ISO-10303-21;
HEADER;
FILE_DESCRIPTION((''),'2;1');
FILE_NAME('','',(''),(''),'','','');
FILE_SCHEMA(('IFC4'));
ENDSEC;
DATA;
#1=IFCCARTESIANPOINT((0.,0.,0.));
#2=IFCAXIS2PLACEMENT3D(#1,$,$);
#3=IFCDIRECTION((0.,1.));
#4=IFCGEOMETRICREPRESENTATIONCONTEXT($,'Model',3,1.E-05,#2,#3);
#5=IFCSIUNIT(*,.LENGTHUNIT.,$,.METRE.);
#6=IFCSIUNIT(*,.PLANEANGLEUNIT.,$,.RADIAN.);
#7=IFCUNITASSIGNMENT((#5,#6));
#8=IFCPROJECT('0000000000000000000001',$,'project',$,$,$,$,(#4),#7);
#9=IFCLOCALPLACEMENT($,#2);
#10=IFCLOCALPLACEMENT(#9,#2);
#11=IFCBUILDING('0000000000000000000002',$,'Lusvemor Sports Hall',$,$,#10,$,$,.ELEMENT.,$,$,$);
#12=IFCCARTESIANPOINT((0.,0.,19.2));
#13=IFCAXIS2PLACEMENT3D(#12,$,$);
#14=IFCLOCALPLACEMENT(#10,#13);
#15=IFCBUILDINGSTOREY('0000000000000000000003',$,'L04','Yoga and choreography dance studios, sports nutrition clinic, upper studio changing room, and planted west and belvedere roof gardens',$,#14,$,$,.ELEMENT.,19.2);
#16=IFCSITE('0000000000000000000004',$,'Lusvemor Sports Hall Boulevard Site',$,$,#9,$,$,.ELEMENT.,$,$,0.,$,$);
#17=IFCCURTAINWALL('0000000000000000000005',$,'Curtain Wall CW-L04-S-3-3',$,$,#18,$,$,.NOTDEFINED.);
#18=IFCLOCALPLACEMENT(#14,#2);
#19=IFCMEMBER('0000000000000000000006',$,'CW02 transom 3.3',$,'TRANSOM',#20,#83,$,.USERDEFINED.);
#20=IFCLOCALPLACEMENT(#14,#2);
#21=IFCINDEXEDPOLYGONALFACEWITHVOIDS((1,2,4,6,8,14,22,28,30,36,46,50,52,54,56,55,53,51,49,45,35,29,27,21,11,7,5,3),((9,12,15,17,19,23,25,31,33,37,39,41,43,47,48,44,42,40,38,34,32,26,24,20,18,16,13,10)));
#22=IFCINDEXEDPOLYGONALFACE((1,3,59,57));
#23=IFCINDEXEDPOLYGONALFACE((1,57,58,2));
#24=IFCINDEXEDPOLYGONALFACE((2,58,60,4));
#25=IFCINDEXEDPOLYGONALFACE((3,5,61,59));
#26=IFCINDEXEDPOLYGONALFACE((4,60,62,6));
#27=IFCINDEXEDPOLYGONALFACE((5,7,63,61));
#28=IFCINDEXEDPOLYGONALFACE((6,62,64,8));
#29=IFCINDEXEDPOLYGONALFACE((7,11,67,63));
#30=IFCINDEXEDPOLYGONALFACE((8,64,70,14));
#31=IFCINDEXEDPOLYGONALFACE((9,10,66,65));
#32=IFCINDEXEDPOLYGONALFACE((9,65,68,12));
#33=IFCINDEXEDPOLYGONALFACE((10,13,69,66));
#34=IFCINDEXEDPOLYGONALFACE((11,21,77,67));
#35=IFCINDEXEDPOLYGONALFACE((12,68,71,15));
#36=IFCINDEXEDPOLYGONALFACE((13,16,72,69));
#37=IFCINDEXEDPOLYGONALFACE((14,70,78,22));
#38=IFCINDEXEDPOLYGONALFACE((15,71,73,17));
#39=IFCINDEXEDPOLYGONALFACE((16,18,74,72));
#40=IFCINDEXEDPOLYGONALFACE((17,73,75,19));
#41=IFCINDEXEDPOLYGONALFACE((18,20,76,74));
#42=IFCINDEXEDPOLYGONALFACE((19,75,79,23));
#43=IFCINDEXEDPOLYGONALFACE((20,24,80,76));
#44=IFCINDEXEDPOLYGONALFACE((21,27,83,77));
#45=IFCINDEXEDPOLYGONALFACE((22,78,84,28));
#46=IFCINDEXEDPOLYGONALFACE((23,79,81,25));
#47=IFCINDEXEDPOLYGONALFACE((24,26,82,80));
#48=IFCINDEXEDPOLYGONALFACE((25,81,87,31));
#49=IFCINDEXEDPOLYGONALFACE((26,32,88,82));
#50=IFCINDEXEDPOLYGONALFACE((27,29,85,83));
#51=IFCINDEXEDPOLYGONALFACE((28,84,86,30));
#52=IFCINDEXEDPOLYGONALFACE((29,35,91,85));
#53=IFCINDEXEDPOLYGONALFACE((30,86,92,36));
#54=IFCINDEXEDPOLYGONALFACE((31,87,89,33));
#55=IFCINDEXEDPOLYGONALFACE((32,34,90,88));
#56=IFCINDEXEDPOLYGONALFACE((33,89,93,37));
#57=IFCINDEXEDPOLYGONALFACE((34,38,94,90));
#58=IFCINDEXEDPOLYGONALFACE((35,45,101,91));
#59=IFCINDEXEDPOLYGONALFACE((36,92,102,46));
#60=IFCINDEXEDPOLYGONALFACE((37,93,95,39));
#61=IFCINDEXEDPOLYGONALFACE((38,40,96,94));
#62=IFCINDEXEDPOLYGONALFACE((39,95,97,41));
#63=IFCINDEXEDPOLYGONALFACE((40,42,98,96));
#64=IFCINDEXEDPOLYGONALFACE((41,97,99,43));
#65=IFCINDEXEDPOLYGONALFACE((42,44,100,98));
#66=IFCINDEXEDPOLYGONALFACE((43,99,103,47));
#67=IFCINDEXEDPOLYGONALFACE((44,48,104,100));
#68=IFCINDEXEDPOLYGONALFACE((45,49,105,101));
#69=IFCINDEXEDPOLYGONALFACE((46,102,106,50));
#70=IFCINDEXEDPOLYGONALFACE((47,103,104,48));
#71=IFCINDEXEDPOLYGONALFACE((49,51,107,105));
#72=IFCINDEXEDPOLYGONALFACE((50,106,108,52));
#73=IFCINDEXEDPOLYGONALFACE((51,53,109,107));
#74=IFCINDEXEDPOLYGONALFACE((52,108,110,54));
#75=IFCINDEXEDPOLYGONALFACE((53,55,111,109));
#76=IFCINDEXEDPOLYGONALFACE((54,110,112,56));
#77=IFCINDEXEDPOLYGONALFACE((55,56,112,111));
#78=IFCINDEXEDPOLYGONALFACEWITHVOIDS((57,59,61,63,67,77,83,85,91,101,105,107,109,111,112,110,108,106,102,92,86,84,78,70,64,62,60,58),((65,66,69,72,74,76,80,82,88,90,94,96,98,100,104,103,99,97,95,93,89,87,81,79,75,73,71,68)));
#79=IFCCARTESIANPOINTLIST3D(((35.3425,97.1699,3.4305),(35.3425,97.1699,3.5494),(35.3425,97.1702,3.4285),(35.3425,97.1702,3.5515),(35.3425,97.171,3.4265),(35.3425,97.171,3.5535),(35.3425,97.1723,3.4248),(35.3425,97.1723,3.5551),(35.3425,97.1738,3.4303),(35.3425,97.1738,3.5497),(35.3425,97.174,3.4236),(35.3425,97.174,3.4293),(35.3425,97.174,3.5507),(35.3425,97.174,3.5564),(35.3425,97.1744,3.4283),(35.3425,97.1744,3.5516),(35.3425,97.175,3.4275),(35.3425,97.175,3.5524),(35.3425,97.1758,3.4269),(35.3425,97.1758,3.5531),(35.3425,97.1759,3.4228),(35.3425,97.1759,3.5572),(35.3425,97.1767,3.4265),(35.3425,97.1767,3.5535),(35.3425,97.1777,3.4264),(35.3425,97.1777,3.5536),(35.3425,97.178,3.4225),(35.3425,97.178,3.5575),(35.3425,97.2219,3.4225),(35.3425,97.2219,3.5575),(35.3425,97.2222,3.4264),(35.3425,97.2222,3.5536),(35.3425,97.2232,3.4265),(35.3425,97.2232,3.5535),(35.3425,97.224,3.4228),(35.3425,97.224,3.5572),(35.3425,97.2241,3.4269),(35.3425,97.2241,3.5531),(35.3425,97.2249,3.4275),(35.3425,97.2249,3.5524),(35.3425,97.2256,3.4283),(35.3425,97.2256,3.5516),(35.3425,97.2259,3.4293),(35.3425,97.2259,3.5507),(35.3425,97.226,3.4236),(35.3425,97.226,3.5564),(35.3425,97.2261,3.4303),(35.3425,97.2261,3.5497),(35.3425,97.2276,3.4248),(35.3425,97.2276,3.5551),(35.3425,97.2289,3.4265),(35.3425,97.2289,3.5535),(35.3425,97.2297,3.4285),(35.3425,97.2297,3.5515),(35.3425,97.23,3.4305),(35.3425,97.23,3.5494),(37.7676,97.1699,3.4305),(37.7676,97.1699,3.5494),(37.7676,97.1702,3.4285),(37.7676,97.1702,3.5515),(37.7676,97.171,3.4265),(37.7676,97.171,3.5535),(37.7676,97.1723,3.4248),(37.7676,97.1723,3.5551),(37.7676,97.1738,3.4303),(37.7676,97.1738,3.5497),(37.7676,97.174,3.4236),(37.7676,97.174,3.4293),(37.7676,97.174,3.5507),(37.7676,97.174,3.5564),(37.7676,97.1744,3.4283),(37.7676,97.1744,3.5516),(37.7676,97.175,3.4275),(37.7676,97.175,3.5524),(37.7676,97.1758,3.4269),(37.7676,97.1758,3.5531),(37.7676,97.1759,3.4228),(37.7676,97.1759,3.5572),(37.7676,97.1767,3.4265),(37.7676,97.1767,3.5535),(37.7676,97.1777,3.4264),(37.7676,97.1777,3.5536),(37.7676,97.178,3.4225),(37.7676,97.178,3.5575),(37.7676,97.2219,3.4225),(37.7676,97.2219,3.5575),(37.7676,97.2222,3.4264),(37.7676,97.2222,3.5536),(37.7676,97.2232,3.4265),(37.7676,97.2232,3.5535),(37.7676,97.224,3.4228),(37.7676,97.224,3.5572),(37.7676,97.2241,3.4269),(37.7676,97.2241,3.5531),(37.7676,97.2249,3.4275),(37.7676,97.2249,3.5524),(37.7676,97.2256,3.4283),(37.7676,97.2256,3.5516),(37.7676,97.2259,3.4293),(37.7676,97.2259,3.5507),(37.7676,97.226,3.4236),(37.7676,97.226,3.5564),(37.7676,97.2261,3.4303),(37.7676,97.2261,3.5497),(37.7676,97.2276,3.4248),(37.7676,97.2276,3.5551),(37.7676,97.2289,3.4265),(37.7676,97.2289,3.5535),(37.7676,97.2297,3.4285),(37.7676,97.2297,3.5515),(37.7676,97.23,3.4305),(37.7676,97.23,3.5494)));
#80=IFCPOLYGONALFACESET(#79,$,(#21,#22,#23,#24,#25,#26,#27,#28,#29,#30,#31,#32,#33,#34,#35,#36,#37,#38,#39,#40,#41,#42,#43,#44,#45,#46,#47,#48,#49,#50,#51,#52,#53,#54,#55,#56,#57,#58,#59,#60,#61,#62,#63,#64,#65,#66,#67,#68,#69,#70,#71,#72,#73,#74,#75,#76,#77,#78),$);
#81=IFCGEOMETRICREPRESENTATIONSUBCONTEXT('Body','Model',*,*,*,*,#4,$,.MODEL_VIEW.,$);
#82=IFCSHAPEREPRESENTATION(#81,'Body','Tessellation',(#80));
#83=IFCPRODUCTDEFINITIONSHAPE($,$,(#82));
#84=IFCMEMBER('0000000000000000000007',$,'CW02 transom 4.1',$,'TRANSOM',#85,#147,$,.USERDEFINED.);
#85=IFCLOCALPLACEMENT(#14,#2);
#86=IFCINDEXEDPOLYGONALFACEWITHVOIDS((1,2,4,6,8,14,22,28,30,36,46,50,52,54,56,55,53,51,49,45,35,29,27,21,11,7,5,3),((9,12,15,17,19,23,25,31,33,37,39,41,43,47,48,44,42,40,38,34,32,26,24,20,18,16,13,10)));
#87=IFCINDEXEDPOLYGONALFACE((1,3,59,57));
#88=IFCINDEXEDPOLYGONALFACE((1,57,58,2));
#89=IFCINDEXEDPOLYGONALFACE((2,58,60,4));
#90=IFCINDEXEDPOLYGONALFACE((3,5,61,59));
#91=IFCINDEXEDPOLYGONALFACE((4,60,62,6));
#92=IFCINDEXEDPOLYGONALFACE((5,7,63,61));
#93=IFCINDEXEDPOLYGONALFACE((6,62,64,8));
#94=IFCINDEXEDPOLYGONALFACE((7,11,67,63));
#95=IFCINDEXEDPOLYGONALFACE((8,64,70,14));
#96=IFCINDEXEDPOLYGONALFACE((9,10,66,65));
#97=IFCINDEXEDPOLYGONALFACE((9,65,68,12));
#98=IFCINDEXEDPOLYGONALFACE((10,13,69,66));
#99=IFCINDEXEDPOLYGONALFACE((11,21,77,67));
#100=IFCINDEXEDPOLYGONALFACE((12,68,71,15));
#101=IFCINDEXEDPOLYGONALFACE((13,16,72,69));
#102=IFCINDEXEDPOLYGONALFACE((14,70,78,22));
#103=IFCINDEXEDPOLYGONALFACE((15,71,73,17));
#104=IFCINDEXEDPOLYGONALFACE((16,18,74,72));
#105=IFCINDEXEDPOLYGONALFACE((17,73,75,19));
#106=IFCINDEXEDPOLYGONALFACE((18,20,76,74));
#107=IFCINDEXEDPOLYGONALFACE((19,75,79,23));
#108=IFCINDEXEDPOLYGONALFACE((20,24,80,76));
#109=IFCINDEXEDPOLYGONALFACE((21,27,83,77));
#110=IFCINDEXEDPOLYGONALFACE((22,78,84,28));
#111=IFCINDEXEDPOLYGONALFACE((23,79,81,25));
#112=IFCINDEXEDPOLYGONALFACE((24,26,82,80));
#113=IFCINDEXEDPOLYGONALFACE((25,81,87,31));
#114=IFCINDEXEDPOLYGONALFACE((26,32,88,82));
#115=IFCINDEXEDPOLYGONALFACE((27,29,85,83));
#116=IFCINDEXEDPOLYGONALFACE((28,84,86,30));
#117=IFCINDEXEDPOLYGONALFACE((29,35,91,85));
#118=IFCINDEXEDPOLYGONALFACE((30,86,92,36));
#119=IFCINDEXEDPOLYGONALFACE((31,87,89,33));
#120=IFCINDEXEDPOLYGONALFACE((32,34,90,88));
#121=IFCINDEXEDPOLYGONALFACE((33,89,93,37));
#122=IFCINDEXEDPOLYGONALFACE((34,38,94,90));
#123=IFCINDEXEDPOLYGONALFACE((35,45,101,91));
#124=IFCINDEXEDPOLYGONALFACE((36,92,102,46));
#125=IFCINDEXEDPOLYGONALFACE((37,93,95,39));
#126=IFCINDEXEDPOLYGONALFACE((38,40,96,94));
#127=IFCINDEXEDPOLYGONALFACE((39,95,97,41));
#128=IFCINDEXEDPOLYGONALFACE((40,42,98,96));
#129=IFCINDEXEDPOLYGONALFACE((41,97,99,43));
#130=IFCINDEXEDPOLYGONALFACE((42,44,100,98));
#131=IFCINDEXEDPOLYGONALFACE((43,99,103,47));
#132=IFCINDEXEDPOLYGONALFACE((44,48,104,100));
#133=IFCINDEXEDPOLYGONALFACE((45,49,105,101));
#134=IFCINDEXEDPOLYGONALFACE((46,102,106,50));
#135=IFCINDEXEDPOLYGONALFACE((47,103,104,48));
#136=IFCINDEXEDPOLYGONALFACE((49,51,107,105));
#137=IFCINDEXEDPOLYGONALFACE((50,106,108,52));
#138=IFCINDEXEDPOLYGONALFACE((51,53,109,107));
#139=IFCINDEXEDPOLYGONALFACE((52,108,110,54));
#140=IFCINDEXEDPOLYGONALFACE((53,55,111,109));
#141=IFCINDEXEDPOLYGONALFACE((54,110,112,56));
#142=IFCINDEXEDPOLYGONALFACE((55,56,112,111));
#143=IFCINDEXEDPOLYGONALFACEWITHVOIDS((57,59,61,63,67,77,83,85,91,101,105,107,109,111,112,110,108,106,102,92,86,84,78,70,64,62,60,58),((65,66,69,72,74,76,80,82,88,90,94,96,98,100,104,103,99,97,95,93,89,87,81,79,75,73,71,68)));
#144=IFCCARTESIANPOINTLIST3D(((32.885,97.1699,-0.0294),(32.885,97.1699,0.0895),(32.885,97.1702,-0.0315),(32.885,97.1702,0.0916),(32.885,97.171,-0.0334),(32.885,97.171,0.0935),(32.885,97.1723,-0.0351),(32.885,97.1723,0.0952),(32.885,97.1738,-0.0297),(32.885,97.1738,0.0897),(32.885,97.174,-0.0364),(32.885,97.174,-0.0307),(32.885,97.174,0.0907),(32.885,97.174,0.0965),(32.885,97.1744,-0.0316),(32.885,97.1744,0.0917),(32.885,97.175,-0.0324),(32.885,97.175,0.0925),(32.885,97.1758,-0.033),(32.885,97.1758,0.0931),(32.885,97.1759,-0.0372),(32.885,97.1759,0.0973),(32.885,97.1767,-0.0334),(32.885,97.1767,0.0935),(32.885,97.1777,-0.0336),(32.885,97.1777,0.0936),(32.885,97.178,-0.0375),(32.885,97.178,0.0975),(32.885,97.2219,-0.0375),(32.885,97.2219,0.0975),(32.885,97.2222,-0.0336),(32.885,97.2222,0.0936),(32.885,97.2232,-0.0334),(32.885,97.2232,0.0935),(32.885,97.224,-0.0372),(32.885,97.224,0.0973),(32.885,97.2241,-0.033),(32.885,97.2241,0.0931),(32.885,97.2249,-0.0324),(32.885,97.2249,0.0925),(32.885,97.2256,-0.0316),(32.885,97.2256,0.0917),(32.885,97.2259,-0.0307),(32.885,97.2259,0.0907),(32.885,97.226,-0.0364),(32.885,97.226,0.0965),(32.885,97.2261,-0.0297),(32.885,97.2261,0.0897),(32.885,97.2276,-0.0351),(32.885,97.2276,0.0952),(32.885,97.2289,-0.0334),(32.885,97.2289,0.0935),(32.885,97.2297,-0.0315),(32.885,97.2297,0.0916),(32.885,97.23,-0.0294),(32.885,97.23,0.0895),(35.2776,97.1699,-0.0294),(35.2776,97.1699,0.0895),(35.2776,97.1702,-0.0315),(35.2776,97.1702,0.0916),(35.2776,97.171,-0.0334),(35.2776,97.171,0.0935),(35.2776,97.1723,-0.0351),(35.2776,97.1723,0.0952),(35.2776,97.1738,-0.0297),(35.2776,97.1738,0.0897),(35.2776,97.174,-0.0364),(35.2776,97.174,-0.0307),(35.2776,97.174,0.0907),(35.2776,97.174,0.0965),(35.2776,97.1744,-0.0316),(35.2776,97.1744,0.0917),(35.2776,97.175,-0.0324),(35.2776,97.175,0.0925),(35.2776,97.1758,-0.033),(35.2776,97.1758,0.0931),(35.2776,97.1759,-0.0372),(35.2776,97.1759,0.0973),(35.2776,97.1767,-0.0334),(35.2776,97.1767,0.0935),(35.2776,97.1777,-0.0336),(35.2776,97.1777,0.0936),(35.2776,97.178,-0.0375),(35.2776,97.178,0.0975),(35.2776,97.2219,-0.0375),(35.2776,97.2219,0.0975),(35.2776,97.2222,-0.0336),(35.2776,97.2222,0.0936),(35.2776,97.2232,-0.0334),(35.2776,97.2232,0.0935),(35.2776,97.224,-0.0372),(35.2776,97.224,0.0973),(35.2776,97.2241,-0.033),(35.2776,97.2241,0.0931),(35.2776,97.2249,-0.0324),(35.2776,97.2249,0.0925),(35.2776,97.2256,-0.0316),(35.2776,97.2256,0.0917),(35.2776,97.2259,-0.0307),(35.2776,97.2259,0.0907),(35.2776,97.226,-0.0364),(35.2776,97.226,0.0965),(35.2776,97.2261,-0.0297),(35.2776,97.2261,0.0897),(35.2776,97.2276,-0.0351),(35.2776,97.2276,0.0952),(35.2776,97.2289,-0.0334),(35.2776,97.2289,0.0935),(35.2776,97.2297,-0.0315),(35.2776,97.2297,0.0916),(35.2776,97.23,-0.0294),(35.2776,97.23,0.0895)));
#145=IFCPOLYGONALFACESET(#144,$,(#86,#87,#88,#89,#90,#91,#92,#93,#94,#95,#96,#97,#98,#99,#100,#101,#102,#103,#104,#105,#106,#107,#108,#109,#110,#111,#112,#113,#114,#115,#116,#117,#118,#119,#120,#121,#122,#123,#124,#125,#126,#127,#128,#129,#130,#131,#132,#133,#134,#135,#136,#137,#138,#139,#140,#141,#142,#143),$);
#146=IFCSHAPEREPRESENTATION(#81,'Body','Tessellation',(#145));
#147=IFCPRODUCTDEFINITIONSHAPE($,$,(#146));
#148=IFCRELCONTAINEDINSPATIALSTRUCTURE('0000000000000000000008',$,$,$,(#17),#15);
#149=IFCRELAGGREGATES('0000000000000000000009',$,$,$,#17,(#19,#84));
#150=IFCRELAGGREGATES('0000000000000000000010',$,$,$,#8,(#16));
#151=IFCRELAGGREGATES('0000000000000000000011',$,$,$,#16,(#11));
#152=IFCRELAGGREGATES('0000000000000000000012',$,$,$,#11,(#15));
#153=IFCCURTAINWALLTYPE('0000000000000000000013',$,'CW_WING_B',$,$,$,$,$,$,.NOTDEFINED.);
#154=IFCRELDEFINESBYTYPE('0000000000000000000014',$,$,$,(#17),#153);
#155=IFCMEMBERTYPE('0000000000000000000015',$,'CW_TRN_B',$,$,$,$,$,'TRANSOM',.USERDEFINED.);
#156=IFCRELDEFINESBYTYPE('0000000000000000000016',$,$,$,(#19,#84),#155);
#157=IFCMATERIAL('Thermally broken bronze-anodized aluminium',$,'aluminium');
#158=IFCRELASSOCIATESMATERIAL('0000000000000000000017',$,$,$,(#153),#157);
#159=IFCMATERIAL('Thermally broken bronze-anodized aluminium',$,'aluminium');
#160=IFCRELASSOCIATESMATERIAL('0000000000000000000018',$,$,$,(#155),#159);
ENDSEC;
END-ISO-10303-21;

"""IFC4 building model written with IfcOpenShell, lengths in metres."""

from ifc_helpers import new_model, si_unit, direction, frame, origin, origin_2d, place, context, subcontext, project, spatial, hollow_rectangle, extrude, material, material_profile, profile_set, type_object, element, aggregate, save


model = new_model("IFC4")

# Units and contexts
model_context = context("Model", 3, precision=1e-05, world=origin(), true_north=direction((0.0, 1.0)))
body_context = subcontext(model_context, "Body", "Model", "MODEL_VIEW")
ifc_project = project(units=[si_unit("LENGTHUNIT", "METRE"), si_unit("PLANEANGLEUNIT", "RADIAN")], contexts=[model_context])

# Site, building, storey
site_placement = place(None, origin())
site = spatial("IfcSite", under=ifc_project, at=site_placement, Name="Lusvemor Sports Hall Boulevard Site", CompositionType="ELEMENT", RefElevation=0.0)
building_placement = place(site_placement, origin())
building = spatial("IfcBuilding", under=site, at=building_placement, Name="Lusvemor Sports Hall", CompositionType="ELEMENT")
storey_placement = place(building_placement, frame((0.0, 0.0, 19.2)))
storey = spatial("IfcBuildingStorey", under=building, at=storey_placement, Name="L04", Description="Yoga and choreography dance studios, sports nutrition clinic, upper studio changing room, and planted west and belvedere roof gardens", CompositionType="ELEMENT", Elevation=19.2)

# Shared definitions
ifc_material_1 = material(Name="Thermally broken bronze-anodized aluminium", Category="aluminium")
curtain_wall_type = type_object("IfcCurtainWallType", Name="CW_WING_B", PredefinedType="NOTDEFINED", material=ifc_material_1)

# Curtain wall, members
curtain_wall_1_placement = place(storey_placement, origin())
curtain_wall_1 = element("IfcCurtainWall", 1, at=curtain_wall_1_placement, inside=storey, type_object=curtain_wall_type, Name="Curtain Wall CW-L04-S-3-3", PredefinedType="NOTDEFINED")
ifc_material_2 = material(Name="Thermally broken bronze-anodized aluminium", Category="aluminium")
ifc_material_profile_1 = material_profile(ifc_material_2, hollow_rectangle(XDim=0.0601, YDim=0.135, WallThickness=0.0039, InnerFilletRadius=0.0039, OuterFilletRadius=0.0081, at=origin_2d()), Name="CWTRN135x60x4")
ifc_profile_set_1 = profile_set([ifc_material_profile_1], Name="Thermally broken bronze-anodized aluminium")
member_type_1 = type_object("IfcMemberType", Name="CW_TRN_B", ElementType="TRANSOM", PredefinedType="USERDEFINED", material=ifc_profile_set_1)
member_1_placement = place(storey_placement, frame((37.7676, 97.2, 3.49), z_axis=(-1.0, 0.0, 0.0), x_axis=(0.0, -1.0, 0.0)))
member_1 = element("IfcMember", 2, at=member_1_placement, type_object=member_type_1, Name="CW02 transom 3.3", ObjectType="TRANSOM", PredefinedType="USERDEFINED", context=body_context, shape_type="SweptSolid", body=[
    extrude(hollow_rectangle(XDim=0.0601, YDim=0.135, WallThickness=0.0039, InnerFilletRadius=0.0039, OuterFilletRadius=0.0081, at=origin_2d()), origin(), (0.0, 0.0, 1.0), 2.425),
])
member_2_placement = place(storey_placement, frame((35.2776, 97.2, 0.03), z_axis=(-1.0, 0.0, 0.0), x_axis=(0.0, -1.0, 0.0)))
member_2 = element("IfcMember", 3, at=member_2_placement, type_object=member_type_1, Name="CW02 transom 4.1", ObjectType="TRANSOM", PredefinedType="USERDEFINED", context=body_context, shape_type="SweptSolid", body=[
    extrude(hollow_rectangle(XDim=0.0601, YDim=0.135, WallThickness=0.0039, InnerFilletRadius=0.0039, OuterFilletRadius=0.0081, at=origin_2d()), origin(), (0.0, 0.0, 1.0), 2.3926),
])

aggregate(curtain_wall_1, [member_1, member_2])

save(model, "model.ifc")
